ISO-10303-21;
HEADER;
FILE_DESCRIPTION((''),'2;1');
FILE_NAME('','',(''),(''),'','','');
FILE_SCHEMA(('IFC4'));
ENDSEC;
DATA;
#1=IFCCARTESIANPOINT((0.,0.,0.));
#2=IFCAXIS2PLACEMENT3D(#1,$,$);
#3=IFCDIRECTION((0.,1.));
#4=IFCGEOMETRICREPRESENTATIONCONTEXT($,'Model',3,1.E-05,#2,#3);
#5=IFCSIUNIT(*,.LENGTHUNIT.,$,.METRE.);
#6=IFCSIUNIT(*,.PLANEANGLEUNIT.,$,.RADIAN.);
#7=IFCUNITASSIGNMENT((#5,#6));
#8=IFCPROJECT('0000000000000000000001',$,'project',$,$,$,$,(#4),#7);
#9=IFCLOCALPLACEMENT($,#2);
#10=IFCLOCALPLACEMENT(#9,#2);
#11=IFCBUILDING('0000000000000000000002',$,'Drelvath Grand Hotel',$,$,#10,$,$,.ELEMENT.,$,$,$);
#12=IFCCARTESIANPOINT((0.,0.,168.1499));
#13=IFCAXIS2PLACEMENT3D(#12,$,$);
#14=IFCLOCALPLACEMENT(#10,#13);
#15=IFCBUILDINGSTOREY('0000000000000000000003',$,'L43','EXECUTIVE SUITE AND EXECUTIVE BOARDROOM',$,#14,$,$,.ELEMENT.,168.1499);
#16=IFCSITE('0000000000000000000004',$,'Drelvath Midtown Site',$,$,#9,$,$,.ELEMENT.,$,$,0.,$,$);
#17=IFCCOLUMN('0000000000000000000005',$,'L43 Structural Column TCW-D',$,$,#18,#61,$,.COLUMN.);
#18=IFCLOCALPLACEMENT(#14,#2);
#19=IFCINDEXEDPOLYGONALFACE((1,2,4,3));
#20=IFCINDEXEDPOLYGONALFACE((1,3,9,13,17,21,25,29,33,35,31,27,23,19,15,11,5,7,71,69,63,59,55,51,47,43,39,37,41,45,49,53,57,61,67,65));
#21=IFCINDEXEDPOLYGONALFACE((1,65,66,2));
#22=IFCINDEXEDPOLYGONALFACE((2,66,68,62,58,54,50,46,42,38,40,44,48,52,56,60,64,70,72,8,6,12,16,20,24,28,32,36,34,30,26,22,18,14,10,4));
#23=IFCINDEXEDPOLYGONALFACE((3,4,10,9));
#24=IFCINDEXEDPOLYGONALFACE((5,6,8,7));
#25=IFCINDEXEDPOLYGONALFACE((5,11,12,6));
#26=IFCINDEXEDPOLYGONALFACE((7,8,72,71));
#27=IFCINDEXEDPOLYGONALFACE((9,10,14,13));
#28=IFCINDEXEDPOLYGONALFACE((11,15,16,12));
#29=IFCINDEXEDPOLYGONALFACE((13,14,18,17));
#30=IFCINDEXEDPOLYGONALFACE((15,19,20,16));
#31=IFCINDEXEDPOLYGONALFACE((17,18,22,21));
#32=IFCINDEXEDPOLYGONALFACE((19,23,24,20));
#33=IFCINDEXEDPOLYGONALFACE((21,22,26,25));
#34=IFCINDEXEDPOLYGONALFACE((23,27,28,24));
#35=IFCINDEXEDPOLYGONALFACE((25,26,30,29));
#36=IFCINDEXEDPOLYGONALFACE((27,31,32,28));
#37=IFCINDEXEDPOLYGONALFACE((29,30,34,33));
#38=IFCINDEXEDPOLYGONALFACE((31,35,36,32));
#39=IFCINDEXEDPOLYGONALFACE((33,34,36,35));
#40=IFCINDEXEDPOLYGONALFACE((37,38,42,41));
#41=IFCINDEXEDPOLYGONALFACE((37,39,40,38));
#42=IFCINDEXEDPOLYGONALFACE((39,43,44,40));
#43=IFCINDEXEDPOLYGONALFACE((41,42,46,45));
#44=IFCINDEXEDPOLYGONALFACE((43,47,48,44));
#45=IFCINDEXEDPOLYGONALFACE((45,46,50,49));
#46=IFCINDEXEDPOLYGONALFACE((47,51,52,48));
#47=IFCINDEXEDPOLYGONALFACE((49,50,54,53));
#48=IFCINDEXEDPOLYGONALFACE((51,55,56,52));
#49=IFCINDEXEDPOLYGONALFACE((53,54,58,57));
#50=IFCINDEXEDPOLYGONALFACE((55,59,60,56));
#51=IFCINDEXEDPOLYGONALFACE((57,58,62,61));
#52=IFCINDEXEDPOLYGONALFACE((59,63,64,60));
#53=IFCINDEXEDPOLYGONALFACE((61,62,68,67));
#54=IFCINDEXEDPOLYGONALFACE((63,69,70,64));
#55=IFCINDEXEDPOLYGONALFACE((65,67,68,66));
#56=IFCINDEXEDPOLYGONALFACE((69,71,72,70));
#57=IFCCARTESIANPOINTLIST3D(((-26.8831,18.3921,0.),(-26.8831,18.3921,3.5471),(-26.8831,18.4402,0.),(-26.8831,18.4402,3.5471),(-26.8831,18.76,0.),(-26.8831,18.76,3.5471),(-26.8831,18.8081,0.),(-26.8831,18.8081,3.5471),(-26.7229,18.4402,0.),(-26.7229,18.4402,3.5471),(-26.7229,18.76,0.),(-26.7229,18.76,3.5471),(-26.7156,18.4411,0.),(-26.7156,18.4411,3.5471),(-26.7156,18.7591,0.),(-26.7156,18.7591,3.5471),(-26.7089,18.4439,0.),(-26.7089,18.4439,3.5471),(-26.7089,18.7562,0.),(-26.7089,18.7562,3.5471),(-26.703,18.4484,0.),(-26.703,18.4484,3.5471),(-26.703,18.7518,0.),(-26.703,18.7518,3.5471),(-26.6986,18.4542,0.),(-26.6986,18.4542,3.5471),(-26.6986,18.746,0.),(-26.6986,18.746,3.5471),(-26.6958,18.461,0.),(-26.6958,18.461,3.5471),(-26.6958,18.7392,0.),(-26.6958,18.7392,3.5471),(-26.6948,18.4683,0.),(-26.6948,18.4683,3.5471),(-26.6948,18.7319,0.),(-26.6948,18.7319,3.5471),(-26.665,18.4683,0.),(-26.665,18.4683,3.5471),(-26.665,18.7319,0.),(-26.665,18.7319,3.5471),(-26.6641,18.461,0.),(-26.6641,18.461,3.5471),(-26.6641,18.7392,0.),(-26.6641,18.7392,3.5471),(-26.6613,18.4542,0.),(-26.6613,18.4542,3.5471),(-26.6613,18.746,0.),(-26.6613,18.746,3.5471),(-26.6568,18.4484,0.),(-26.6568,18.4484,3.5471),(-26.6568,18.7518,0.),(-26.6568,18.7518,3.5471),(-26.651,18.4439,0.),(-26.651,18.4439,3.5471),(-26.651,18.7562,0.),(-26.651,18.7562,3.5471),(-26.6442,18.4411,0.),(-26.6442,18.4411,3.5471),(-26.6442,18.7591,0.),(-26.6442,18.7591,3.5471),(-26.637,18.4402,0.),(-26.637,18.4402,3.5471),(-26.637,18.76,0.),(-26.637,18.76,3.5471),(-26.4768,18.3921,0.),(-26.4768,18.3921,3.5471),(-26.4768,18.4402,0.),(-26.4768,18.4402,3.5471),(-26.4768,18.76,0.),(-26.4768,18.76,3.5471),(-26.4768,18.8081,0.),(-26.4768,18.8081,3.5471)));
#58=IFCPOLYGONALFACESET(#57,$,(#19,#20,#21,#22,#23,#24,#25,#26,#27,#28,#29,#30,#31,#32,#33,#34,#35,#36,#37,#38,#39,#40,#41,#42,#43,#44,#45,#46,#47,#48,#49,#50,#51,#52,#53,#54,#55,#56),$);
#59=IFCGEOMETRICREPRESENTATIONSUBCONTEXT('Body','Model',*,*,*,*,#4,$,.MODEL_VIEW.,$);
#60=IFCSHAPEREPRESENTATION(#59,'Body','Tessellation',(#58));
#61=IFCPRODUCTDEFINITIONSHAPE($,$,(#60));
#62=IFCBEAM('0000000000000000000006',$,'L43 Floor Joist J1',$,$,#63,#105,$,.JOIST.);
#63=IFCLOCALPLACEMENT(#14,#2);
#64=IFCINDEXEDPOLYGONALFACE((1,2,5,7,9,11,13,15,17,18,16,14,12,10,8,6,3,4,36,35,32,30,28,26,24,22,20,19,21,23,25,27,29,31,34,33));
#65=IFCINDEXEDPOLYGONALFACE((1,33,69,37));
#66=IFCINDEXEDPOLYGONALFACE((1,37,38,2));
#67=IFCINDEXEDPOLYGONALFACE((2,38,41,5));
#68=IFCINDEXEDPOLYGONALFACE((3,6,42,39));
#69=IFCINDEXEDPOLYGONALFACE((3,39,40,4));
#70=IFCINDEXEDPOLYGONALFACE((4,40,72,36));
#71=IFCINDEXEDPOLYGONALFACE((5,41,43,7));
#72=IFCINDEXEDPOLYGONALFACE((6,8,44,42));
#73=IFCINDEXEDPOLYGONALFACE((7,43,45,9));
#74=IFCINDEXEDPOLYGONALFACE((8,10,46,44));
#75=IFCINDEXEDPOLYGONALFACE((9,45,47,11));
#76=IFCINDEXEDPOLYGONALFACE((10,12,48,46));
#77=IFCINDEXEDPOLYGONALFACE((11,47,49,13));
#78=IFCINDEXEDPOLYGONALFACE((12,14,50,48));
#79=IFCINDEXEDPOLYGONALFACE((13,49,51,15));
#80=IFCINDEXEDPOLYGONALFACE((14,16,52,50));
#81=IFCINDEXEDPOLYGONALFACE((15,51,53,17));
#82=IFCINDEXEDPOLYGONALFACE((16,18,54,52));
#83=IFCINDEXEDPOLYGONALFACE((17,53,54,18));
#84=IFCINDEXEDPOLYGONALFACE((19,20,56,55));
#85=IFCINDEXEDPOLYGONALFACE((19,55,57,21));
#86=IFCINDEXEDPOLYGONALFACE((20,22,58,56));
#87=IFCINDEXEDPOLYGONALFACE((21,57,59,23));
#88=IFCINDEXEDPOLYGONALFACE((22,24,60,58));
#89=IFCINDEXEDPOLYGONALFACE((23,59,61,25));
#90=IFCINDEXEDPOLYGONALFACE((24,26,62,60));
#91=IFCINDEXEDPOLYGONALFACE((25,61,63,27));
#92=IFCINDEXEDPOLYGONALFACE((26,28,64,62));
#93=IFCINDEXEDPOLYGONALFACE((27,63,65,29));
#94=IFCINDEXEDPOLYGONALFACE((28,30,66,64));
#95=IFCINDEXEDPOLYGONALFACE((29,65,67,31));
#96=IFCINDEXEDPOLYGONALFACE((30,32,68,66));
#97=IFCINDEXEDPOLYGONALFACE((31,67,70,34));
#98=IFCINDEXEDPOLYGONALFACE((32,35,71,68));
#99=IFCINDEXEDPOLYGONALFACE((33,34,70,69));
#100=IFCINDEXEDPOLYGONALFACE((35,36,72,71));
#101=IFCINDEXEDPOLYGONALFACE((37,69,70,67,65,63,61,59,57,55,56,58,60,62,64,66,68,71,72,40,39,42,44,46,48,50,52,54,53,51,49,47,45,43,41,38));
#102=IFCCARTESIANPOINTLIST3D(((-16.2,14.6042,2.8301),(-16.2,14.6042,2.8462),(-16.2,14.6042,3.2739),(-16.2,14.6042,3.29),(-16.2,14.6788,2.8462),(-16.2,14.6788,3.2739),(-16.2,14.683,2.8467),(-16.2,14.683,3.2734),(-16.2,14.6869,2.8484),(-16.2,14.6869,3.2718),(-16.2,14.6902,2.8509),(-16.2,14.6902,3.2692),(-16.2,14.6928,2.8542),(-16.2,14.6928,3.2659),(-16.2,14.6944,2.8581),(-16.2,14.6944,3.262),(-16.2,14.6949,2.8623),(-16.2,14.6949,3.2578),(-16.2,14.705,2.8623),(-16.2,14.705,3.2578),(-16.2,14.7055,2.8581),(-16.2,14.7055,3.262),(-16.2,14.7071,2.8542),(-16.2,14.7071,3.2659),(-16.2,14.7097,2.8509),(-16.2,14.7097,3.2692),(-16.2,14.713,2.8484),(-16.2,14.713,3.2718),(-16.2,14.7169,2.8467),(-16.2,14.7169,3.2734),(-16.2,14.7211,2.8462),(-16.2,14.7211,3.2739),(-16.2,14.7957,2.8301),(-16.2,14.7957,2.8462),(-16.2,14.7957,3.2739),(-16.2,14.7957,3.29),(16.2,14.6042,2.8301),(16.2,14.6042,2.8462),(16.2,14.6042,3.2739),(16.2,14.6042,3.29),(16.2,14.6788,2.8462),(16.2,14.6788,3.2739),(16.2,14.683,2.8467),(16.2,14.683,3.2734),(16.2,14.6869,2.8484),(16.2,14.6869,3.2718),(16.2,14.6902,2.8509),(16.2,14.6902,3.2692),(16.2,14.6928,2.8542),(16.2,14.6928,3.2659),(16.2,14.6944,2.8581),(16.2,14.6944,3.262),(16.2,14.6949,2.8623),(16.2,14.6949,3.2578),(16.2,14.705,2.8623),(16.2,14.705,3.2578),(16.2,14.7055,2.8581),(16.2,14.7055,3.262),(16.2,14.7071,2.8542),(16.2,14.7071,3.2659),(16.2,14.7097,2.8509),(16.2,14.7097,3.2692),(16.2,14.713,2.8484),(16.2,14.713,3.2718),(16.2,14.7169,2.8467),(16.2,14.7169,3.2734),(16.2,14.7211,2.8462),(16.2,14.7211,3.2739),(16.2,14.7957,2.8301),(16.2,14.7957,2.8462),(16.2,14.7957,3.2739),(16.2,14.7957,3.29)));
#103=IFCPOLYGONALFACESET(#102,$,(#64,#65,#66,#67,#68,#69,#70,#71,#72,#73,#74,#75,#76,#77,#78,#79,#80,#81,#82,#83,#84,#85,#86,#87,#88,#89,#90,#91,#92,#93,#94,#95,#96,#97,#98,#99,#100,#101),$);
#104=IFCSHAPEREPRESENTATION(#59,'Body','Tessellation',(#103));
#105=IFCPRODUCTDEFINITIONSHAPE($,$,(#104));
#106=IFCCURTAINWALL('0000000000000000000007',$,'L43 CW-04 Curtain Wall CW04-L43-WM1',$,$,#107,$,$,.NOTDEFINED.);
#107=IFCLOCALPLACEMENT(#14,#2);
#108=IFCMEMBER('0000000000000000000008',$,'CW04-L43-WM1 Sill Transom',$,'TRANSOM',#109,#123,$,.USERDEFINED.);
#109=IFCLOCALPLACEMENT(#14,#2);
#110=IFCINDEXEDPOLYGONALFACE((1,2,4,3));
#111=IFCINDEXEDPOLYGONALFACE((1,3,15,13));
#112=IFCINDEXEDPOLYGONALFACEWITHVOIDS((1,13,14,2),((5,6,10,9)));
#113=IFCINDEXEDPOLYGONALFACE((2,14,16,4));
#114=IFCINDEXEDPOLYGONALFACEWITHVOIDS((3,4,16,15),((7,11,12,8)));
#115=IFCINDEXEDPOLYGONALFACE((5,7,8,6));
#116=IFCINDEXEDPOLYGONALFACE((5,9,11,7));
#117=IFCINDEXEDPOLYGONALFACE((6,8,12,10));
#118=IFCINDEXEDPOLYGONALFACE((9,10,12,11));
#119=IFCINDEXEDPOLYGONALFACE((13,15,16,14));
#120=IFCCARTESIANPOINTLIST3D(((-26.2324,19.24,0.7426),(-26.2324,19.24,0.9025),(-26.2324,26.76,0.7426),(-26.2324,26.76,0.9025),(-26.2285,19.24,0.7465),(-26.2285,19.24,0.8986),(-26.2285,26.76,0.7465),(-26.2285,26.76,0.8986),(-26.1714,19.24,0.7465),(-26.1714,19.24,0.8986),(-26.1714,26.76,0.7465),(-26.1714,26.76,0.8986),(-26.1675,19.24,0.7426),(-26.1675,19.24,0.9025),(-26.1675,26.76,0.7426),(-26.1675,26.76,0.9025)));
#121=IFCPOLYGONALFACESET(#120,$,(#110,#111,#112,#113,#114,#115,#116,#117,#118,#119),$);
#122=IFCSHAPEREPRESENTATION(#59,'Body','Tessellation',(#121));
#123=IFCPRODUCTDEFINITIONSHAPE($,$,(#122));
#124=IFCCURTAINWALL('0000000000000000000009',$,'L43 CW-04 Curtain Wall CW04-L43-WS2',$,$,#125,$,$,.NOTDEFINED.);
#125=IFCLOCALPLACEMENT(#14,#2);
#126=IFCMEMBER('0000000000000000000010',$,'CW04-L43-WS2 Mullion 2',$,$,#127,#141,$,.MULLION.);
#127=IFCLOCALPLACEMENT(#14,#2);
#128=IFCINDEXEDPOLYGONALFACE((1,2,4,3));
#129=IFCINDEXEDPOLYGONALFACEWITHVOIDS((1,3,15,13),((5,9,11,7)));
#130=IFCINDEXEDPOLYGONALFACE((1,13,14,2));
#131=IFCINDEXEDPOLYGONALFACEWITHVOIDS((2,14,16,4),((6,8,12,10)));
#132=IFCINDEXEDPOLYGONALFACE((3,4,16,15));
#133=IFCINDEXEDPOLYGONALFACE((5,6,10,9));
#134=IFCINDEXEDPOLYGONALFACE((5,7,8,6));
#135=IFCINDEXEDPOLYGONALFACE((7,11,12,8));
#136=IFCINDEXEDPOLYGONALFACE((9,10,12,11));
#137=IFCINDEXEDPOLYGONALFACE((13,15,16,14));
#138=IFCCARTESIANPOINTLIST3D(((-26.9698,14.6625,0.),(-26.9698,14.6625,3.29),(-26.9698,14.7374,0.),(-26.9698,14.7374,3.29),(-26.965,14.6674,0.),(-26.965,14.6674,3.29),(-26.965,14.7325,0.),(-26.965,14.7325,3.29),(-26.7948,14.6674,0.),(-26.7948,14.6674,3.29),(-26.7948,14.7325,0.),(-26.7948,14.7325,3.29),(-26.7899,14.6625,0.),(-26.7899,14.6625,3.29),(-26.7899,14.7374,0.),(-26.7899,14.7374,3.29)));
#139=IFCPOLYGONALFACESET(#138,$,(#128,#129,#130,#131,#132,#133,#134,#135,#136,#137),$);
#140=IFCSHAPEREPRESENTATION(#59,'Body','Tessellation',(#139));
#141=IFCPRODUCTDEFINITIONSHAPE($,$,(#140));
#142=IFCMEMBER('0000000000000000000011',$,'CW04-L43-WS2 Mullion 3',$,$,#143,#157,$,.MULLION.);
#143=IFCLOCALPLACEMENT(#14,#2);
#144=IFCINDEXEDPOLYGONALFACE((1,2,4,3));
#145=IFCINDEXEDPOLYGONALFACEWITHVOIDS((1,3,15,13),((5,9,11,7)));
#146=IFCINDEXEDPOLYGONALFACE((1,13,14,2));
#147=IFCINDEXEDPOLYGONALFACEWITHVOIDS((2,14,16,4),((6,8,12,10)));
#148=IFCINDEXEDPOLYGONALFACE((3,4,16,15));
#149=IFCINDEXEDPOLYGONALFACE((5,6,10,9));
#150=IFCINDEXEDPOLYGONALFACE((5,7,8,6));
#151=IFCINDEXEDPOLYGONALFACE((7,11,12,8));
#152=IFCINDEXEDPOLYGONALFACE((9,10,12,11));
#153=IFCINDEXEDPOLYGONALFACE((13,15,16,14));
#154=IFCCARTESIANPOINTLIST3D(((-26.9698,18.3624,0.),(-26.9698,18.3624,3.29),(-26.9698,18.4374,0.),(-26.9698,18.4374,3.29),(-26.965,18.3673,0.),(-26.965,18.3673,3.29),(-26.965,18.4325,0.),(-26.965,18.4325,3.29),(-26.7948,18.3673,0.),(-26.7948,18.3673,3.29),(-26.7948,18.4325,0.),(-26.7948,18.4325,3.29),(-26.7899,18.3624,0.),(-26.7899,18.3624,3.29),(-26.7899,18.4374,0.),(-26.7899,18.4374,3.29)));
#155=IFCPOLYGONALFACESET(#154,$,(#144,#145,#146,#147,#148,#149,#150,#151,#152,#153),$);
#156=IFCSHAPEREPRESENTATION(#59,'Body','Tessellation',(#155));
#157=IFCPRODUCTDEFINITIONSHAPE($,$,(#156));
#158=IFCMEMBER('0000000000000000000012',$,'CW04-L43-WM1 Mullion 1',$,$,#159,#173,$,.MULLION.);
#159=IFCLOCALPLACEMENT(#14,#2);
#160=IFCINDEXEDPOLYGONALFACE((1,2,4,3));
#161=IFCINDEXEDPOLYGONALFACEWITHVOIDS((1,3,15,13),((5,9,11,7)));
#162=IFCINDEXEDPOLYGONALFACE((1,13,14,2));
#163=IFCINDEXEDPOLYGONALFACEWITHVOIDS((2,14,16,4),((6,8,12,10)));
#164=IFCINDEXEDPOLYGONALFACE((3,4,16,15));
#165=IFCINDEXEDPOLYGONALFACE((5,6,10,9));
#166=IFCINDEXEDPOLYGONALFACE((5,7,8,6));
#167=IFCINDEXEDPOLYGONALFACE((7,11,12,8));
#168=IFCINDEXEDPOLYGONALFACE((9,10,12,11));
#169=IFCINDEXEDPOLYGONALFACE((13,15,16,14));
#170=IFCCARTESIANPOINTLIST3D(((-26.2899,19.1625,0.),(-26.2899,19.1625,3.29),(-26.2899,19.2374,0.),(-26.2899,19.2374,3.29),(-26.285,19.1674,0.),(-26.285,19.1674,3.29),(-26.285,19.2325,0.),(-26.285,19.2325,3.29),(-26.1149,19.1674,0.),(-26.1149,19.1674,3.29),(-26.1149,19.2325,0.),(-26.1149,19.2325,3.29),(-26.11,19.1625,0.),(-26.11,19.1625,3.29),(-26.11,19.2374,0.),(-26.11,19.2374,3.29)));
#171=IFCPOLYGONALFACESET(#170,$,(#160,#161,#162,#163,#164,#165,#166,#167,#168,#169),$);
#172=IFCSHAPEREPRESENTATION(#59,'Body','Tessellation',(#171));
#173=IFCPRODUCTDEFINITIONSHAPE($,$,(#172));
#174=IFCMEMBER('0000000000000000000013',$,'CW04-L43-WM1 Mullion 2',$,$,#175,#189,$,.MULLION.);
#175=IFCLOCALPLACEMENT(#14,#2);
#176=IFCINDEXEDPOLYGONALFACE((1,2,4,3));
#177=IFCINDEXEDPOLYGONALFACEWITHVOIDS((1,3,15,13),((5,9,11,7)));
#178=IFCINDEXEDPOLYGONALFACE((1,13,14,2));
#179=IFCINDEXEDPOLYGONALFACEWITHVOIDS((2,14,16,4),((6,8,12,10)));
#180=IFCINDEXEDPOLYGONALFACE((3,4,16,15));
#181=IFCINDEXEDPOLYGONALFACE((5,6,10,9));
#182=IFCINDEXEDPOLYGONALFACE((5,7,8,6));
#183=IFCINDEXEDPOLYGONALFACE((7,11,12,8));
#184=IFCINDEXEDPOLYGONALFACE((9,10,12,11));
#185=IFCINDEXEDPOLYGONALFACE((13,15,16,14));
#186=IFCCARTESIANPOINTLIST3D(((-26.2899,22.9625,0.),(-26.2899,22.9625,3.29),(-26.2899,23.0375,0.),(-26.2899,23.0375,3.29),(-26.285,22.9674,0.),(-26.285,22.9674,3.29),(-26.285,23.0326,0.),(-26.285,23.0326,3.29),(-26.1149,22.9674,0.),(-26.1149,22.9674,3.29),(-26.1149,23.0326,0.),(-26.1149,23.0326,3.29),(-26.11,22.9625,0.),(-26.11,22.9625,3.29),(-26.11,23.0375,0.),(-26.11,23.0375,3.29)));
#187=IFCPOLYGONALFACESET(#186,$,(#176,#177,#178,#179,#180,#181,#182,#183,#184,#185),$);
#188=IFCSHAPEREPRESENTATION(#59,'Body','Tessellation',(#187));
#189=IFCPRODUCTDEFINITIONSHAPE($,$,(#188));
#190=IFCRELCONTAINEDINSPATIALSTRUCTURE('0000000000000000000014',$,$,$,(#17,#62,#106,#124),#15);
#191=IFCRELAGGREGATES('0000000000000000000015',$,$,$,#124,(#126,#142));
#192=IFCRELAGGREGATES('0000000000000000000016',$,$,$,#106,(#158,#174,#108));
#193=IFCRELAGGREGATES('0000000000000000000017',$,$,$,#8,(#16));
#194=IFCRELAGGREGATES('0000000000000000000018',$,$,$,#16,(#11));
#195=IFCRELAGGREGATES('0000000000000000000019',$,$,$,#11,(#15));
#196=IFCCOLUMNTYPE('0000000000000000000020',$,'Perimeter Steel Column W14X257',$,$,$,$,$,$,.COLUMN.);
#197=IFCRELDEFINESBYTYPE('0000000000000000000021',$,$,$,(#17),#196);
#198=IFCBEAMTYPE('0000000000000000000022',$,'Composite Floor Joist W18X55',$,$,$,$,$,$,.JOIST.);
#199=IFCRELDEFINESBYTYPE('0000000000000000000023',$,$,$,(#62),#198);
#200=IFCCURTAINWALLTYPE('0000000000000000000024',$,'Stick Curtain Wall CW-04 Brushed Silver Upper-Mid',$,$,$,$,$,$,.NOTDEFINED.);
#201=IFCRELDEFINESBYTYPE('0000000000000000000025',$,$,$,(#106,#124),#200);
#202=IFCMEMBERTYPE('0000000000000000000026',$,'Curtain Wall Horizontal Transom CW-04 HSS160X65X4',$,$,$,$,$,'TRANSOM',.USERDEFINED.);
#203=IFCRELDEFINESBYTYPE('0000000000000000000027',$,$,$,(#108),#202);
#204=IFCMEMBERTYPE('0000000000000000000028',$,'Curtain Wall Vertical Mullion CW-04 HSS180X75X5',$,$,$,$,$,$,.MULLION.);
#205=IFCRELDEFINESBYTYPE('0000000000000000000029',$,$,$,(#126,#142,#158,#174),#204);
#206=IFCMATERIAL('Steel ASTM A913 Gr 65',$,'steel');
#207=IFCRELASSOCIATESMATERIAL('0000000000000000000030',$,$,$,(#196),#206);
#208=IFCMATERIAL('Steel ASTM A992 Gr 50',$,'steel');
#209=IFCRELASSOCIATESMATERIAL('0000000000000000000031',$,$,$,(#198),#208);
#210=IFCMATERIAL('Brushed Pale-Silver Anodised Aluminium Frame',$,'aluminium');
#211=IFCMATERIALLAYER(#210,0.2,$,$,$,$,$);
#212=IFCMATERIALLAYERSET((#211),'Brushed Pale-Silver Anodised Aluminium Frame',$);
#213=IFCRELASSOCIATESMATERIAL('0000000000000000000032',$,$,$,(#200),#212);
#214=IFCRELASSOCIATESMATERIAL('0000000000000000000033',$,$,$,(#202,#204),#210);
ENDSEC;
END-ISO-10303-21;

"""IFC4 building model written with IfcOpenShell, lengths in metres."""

from ifc_helpers import new_model, si_unit, direction, frame, origin, origin_2d, place, context, subcontext, project, spatial, hollow_rectangle, i_section, extrude, material, layer, layer_set, material_profile, profile_set, type_object, element, aggregate, save


model = new_model("IFC4")

# Units and contexts
model_context = context("Model", 3, precision=1e-05, world=origin(), true_north=direction((0.0, 1.0)))
body_context = subcontext(model_context, "Body", "Model", "MODEL_VIEW")
ifc_project = project(units=[si_unit("LENGTHUNIT", "METRE"), si_unit("PLANEANGLEUNIT", "RADIAN")], contexts=[model_context])

# Site, building, storey
site_placement = place(None, origin())
site = spatial("IfcSite", under=ifc_project, at=site_placement, Name="Drelvath Midtown Site", CompositionType="ELEMENT", RefElevation=0.0)
building_placement = place(site_placement, origin())
building = spatial("IfcBuilding", under=site, at=building_placement, Name="Drelvath Grand Hotel", CompositionType="ELEMENT")
storey_placement = place(building_placement, frame((0.0, 0.0, 168.1499)))
storey = spatial("IfcBuildingStorey", under=building, at=storey_placement, Name="L43", Description="EXECUTIVE SUITE AND EXECUTIVE BOARDROOM", CompositionType="ELEMENT", Elevation=168.1499)

# Column
ifc_material_1 = material(Name="Steel ASTM A913 Gr 65", Category="steel")
ifc_material_profile_1 = material_profile(ifc_material_1, i_section(OverallWidth=0.4062, OverallDepth=0.416, WebThickness=0.0298, FlangeThickness=0.0481, FilletRadius=0.0281, at=origin_2d()), Name="W14X257")
ifc_profile_set_1 = profile_set([ifc_material_profile_1], Name="Steel ASTM A913 Gr 65")
column_type = type_object("IfcColumnType", Name="Perimeter Steel Column W14X257", PredefinedType="COLUMN", material=ifc_profile_set_1)
column_placement = place(storey_placement, frame((-26.6799, 18.6001, 0.0), z_axis=(0.0, 0.0, 1.0), x_axis=(1.0, 0.0, 0.0)))
element("IfcColumn", 1, at=column_placement, inside=storey, type_object=column_type, Name="L43 Structural Column TCW-D", PredefinedType="COLUMN", context=body_context, shape_type="SweptSolid", body=[
    extrude(i_section(OverallWidth=0.4062, OverallDepth=0.416, WebThickness=0.0298, FlangeThickness=0.0481, FilletRadius=0.0281, at=origin_2d()), origin(), (0.0, 0.0, 1.0), 3.5471),
])

# Beam
ifc_material_2 = material(Name="Steel ASTM A992 Gr 50", Category="steel")
ifc_material_profile_2 = material_profile(ifc_material_2, i_section(OverallWidth=0.1914, OverallDepth=0.46, WebThickness=0.01, FlangeThickness=0.0161, FilletRadius=0.0161, at=origin_2d()), Name="W18X55")
ifc_profile_set_2 = profile_set([ifc_material_profile_2], Name="Steel ASTM A992 Gr 50")
beam_type_1 = type_object("IfcBeamType", Name="Composite Floor Joist W18X55", PredefinedType="JOIST", material=ifc_profile_set_2)
beam_1_placement = place(storey_placement, frame((-16.2, 14.7, 3.0601), z_axis=(1.0, 0.0, 0.0), x_axis=(0.0, 1.0, 0.0)))
element("IfcBeam", 2, at=beam_1_placement, inside=storey, type_object=beam_type_1, Name="L43 Floor Joist J1", PredefinedType="JOIST", context=body_context, shape_type="SweptSolid", body=[
    extrude(i_section(OverallWidth=0.1914, OverallDepth=0.46, WebThickness=0.01, FlangeThickness=0.0161, FilletRadius=0.0161, at=origin_2d()), origin(), (0.0, 0.0, 1.0), 32.3999),
])

# Curtain wall, member
ifc_material_3 = material(Name="Brushed Pale-Silver Anodised Aluminium Frame", Category="aluminium")
ifc_layer_1 = layer(ifc_material_3, 0.2)
ifc_layer_set_1 = layer_set([ifc_layer_1], Name="Brushed Pale-Silver Anodised Aluminium Frame")
curtain_wall_type = type_object("IfcCurtainWallType", Name="Stick Curtain Wall CW-04 Brushed Silver Upper-Mid", PredefinedType="NOTDEFINED", material=ifc_layer_set_1)
curtain_wall_1_placement = place(storey_placement, origin())
curtain_wall_1 = element("IfcCurtainWall", 3, at=curtain_wall_1_placement, inside=storey, type_object=curtain_wall_type, Name="L43 CW-04 Curtain Wall CW04-L43-WM1", PredefinedType="NOTDEFINED")
ifc_material_profile_3 = material_profile(ifc_material_3, hollow_rectangle(XDim=0.0649, YDim=0.1599, WallThickness=0.0039, at=origin_2d()), Name="HSS160X65X4")
ifc_profile_set_3 = profile_set([ifc_material_profile_3], Name="Brushed Pale-Silver Anodised Aluminium Frame")
member_type_1 = type_object("IfcMemberType", Name="Curtain Wall Horizontal Transom CW-04 HSS160X65X4", ElementType="TRANSOM", PredefinedType="USERDEFINED", material=ifc_profile_set_3)
member_1_placement = place(storey_placement, frame((-26.2, 19.24, 0.8225), z_axis=(0.0, 1.0, 0.0), x_axis=(-1.0, 0.0, 0.0)))
member_1 = element("IfcMember", 4, at=member_1_placement, type_object=member_type_1, Name="CW04-L43-WM1 Sill Transom", ObjectType="TRANSOM", PredefinedType="USERDEFINED", context=body_context, shape_type="SweptSolid", body=[
    extrude(hollow_rectangle(XDim=0.0649, YDim=0.1599, WallThickness=0.0039, at=origin_2d()), origin(), (0.0, 0.0, 1.0), 7.52),
])

# Curtain wall, members
curtain_wall_2_placement = place(storey_placement, origin())
curtain_wall_2 = element("IfcCurtainWall", 5, at=curtain_wall_2_placement, inside=storey, type_object=curtain_wall_type, Name="L43 CW-04 Curtain Wall CW04-L43-WS2", PredefinedType="NOTDEFINED")
ifc_material_profile_4 = material_profile(ifc_material_3, hollow_rectangle(XDim=0.075, YDim=0.1799, WallThickness=0.0049, at=origin_2d()), Name="HSS180X75X5")
ifc_profile_set_4 = profile_set([ifc_material_profile_4], Name="Brushed Pale-Silver Anodised Aluminium Frame")
member_type_2 = type_object("IfcMemberType", Name="Curtain Wall Vertical Mullion CW-04 HSS180X75X5", PredefinedType="MULLION", material=ifc_profile_set_4)
member_2_placement = place(storey_placement, frame((-26.8799, 14.7, 0.0), z_axis=(0.0, 0.0, 1.0), x_axis=(0.0, 1.0, 0.0)))
member_2 = element("IfcMember", 6, at=member_2_placement, type_object=member_type_2, Name="CW04-L43-WS2 Mullion 2", PredefinedType="MULLION", context=body_context, shape_type="SweptSolid", body=[
    extrude(hollow_rectangle(XDim=0.075, YDim=0.1799, WallThickness=0.0049, at=origin_2d()), origin(), (0.0, 0.0, 1.0), 3.29),
])
member_3_placement = place(storey_placement, frame((-26.8799, 18.3999, 0.0), z_axis=(0.0, 0.0, 1.0), x_axis=(0.0, 1.0, 0.0)))
member_3 = element("IfcMember", 7, at=member_3_placement, type_object=member_type_2, Name="CW04-L43-WS2 Mullion 3", PredefinedType="MULLION", context=body_context, shape_type="SweptSolid", body=[
    extrude(hollow_rectangle(XDim=0.075, YDim=0.1799, WallThickness=0.0049, at=origin_2d()), origin(), (0.0, 0.0, 1.0), 3.29),
])

# Members
member_4_placement = place(storey_placement, frame((-26.2, 19.2, 0.0), z_axis=(0.0, 0.0, 1.0), x_axis=(0.0, 1.0, 0.0)))
member_4 = element("IfcMember", 8, at=member_4_placement, type_object=member_type_2, Name="CW04-L43-WM1 Mullion 1", PredefinedType="MULLION", context=body_context, shape_type="SweptSolid", body=[
    extrude(hollow_rectangle(XDim=0.075, YDim=0.1799, WallThickness=0.0049, at=origin_2d()), origin(), (0.0, 0.0, 1.0), 3.29),
])
member_5_placement = place(storey_placement, frame((-26.2, 23.0, 0.0), z_axis=(0.0, 0.0, 1.0), x_axis=(0.0, 1.0, 0.0)))
member_5 = element("IfcMember", 9, at=member_5_placement, type_object=member_type_2, Name="CW04-L43-WM1 Mullion 2", PredefinedType="MULLION", context=body_context, shape_type="SweptSolid", body=[
    extrude(hollow_rectangle(XDim=0.075, YDim=0.1799, WallThickness=0.0049, at=origin_2d()), origin(), (0.0, 0.0, 1.0), 3.29),
])

aggregate(curtain_wall_2, [member_2, member_3])
aggregate(curtain_wall_1, [member_4, member_5, member_1])

save(model, "model.ifc")
